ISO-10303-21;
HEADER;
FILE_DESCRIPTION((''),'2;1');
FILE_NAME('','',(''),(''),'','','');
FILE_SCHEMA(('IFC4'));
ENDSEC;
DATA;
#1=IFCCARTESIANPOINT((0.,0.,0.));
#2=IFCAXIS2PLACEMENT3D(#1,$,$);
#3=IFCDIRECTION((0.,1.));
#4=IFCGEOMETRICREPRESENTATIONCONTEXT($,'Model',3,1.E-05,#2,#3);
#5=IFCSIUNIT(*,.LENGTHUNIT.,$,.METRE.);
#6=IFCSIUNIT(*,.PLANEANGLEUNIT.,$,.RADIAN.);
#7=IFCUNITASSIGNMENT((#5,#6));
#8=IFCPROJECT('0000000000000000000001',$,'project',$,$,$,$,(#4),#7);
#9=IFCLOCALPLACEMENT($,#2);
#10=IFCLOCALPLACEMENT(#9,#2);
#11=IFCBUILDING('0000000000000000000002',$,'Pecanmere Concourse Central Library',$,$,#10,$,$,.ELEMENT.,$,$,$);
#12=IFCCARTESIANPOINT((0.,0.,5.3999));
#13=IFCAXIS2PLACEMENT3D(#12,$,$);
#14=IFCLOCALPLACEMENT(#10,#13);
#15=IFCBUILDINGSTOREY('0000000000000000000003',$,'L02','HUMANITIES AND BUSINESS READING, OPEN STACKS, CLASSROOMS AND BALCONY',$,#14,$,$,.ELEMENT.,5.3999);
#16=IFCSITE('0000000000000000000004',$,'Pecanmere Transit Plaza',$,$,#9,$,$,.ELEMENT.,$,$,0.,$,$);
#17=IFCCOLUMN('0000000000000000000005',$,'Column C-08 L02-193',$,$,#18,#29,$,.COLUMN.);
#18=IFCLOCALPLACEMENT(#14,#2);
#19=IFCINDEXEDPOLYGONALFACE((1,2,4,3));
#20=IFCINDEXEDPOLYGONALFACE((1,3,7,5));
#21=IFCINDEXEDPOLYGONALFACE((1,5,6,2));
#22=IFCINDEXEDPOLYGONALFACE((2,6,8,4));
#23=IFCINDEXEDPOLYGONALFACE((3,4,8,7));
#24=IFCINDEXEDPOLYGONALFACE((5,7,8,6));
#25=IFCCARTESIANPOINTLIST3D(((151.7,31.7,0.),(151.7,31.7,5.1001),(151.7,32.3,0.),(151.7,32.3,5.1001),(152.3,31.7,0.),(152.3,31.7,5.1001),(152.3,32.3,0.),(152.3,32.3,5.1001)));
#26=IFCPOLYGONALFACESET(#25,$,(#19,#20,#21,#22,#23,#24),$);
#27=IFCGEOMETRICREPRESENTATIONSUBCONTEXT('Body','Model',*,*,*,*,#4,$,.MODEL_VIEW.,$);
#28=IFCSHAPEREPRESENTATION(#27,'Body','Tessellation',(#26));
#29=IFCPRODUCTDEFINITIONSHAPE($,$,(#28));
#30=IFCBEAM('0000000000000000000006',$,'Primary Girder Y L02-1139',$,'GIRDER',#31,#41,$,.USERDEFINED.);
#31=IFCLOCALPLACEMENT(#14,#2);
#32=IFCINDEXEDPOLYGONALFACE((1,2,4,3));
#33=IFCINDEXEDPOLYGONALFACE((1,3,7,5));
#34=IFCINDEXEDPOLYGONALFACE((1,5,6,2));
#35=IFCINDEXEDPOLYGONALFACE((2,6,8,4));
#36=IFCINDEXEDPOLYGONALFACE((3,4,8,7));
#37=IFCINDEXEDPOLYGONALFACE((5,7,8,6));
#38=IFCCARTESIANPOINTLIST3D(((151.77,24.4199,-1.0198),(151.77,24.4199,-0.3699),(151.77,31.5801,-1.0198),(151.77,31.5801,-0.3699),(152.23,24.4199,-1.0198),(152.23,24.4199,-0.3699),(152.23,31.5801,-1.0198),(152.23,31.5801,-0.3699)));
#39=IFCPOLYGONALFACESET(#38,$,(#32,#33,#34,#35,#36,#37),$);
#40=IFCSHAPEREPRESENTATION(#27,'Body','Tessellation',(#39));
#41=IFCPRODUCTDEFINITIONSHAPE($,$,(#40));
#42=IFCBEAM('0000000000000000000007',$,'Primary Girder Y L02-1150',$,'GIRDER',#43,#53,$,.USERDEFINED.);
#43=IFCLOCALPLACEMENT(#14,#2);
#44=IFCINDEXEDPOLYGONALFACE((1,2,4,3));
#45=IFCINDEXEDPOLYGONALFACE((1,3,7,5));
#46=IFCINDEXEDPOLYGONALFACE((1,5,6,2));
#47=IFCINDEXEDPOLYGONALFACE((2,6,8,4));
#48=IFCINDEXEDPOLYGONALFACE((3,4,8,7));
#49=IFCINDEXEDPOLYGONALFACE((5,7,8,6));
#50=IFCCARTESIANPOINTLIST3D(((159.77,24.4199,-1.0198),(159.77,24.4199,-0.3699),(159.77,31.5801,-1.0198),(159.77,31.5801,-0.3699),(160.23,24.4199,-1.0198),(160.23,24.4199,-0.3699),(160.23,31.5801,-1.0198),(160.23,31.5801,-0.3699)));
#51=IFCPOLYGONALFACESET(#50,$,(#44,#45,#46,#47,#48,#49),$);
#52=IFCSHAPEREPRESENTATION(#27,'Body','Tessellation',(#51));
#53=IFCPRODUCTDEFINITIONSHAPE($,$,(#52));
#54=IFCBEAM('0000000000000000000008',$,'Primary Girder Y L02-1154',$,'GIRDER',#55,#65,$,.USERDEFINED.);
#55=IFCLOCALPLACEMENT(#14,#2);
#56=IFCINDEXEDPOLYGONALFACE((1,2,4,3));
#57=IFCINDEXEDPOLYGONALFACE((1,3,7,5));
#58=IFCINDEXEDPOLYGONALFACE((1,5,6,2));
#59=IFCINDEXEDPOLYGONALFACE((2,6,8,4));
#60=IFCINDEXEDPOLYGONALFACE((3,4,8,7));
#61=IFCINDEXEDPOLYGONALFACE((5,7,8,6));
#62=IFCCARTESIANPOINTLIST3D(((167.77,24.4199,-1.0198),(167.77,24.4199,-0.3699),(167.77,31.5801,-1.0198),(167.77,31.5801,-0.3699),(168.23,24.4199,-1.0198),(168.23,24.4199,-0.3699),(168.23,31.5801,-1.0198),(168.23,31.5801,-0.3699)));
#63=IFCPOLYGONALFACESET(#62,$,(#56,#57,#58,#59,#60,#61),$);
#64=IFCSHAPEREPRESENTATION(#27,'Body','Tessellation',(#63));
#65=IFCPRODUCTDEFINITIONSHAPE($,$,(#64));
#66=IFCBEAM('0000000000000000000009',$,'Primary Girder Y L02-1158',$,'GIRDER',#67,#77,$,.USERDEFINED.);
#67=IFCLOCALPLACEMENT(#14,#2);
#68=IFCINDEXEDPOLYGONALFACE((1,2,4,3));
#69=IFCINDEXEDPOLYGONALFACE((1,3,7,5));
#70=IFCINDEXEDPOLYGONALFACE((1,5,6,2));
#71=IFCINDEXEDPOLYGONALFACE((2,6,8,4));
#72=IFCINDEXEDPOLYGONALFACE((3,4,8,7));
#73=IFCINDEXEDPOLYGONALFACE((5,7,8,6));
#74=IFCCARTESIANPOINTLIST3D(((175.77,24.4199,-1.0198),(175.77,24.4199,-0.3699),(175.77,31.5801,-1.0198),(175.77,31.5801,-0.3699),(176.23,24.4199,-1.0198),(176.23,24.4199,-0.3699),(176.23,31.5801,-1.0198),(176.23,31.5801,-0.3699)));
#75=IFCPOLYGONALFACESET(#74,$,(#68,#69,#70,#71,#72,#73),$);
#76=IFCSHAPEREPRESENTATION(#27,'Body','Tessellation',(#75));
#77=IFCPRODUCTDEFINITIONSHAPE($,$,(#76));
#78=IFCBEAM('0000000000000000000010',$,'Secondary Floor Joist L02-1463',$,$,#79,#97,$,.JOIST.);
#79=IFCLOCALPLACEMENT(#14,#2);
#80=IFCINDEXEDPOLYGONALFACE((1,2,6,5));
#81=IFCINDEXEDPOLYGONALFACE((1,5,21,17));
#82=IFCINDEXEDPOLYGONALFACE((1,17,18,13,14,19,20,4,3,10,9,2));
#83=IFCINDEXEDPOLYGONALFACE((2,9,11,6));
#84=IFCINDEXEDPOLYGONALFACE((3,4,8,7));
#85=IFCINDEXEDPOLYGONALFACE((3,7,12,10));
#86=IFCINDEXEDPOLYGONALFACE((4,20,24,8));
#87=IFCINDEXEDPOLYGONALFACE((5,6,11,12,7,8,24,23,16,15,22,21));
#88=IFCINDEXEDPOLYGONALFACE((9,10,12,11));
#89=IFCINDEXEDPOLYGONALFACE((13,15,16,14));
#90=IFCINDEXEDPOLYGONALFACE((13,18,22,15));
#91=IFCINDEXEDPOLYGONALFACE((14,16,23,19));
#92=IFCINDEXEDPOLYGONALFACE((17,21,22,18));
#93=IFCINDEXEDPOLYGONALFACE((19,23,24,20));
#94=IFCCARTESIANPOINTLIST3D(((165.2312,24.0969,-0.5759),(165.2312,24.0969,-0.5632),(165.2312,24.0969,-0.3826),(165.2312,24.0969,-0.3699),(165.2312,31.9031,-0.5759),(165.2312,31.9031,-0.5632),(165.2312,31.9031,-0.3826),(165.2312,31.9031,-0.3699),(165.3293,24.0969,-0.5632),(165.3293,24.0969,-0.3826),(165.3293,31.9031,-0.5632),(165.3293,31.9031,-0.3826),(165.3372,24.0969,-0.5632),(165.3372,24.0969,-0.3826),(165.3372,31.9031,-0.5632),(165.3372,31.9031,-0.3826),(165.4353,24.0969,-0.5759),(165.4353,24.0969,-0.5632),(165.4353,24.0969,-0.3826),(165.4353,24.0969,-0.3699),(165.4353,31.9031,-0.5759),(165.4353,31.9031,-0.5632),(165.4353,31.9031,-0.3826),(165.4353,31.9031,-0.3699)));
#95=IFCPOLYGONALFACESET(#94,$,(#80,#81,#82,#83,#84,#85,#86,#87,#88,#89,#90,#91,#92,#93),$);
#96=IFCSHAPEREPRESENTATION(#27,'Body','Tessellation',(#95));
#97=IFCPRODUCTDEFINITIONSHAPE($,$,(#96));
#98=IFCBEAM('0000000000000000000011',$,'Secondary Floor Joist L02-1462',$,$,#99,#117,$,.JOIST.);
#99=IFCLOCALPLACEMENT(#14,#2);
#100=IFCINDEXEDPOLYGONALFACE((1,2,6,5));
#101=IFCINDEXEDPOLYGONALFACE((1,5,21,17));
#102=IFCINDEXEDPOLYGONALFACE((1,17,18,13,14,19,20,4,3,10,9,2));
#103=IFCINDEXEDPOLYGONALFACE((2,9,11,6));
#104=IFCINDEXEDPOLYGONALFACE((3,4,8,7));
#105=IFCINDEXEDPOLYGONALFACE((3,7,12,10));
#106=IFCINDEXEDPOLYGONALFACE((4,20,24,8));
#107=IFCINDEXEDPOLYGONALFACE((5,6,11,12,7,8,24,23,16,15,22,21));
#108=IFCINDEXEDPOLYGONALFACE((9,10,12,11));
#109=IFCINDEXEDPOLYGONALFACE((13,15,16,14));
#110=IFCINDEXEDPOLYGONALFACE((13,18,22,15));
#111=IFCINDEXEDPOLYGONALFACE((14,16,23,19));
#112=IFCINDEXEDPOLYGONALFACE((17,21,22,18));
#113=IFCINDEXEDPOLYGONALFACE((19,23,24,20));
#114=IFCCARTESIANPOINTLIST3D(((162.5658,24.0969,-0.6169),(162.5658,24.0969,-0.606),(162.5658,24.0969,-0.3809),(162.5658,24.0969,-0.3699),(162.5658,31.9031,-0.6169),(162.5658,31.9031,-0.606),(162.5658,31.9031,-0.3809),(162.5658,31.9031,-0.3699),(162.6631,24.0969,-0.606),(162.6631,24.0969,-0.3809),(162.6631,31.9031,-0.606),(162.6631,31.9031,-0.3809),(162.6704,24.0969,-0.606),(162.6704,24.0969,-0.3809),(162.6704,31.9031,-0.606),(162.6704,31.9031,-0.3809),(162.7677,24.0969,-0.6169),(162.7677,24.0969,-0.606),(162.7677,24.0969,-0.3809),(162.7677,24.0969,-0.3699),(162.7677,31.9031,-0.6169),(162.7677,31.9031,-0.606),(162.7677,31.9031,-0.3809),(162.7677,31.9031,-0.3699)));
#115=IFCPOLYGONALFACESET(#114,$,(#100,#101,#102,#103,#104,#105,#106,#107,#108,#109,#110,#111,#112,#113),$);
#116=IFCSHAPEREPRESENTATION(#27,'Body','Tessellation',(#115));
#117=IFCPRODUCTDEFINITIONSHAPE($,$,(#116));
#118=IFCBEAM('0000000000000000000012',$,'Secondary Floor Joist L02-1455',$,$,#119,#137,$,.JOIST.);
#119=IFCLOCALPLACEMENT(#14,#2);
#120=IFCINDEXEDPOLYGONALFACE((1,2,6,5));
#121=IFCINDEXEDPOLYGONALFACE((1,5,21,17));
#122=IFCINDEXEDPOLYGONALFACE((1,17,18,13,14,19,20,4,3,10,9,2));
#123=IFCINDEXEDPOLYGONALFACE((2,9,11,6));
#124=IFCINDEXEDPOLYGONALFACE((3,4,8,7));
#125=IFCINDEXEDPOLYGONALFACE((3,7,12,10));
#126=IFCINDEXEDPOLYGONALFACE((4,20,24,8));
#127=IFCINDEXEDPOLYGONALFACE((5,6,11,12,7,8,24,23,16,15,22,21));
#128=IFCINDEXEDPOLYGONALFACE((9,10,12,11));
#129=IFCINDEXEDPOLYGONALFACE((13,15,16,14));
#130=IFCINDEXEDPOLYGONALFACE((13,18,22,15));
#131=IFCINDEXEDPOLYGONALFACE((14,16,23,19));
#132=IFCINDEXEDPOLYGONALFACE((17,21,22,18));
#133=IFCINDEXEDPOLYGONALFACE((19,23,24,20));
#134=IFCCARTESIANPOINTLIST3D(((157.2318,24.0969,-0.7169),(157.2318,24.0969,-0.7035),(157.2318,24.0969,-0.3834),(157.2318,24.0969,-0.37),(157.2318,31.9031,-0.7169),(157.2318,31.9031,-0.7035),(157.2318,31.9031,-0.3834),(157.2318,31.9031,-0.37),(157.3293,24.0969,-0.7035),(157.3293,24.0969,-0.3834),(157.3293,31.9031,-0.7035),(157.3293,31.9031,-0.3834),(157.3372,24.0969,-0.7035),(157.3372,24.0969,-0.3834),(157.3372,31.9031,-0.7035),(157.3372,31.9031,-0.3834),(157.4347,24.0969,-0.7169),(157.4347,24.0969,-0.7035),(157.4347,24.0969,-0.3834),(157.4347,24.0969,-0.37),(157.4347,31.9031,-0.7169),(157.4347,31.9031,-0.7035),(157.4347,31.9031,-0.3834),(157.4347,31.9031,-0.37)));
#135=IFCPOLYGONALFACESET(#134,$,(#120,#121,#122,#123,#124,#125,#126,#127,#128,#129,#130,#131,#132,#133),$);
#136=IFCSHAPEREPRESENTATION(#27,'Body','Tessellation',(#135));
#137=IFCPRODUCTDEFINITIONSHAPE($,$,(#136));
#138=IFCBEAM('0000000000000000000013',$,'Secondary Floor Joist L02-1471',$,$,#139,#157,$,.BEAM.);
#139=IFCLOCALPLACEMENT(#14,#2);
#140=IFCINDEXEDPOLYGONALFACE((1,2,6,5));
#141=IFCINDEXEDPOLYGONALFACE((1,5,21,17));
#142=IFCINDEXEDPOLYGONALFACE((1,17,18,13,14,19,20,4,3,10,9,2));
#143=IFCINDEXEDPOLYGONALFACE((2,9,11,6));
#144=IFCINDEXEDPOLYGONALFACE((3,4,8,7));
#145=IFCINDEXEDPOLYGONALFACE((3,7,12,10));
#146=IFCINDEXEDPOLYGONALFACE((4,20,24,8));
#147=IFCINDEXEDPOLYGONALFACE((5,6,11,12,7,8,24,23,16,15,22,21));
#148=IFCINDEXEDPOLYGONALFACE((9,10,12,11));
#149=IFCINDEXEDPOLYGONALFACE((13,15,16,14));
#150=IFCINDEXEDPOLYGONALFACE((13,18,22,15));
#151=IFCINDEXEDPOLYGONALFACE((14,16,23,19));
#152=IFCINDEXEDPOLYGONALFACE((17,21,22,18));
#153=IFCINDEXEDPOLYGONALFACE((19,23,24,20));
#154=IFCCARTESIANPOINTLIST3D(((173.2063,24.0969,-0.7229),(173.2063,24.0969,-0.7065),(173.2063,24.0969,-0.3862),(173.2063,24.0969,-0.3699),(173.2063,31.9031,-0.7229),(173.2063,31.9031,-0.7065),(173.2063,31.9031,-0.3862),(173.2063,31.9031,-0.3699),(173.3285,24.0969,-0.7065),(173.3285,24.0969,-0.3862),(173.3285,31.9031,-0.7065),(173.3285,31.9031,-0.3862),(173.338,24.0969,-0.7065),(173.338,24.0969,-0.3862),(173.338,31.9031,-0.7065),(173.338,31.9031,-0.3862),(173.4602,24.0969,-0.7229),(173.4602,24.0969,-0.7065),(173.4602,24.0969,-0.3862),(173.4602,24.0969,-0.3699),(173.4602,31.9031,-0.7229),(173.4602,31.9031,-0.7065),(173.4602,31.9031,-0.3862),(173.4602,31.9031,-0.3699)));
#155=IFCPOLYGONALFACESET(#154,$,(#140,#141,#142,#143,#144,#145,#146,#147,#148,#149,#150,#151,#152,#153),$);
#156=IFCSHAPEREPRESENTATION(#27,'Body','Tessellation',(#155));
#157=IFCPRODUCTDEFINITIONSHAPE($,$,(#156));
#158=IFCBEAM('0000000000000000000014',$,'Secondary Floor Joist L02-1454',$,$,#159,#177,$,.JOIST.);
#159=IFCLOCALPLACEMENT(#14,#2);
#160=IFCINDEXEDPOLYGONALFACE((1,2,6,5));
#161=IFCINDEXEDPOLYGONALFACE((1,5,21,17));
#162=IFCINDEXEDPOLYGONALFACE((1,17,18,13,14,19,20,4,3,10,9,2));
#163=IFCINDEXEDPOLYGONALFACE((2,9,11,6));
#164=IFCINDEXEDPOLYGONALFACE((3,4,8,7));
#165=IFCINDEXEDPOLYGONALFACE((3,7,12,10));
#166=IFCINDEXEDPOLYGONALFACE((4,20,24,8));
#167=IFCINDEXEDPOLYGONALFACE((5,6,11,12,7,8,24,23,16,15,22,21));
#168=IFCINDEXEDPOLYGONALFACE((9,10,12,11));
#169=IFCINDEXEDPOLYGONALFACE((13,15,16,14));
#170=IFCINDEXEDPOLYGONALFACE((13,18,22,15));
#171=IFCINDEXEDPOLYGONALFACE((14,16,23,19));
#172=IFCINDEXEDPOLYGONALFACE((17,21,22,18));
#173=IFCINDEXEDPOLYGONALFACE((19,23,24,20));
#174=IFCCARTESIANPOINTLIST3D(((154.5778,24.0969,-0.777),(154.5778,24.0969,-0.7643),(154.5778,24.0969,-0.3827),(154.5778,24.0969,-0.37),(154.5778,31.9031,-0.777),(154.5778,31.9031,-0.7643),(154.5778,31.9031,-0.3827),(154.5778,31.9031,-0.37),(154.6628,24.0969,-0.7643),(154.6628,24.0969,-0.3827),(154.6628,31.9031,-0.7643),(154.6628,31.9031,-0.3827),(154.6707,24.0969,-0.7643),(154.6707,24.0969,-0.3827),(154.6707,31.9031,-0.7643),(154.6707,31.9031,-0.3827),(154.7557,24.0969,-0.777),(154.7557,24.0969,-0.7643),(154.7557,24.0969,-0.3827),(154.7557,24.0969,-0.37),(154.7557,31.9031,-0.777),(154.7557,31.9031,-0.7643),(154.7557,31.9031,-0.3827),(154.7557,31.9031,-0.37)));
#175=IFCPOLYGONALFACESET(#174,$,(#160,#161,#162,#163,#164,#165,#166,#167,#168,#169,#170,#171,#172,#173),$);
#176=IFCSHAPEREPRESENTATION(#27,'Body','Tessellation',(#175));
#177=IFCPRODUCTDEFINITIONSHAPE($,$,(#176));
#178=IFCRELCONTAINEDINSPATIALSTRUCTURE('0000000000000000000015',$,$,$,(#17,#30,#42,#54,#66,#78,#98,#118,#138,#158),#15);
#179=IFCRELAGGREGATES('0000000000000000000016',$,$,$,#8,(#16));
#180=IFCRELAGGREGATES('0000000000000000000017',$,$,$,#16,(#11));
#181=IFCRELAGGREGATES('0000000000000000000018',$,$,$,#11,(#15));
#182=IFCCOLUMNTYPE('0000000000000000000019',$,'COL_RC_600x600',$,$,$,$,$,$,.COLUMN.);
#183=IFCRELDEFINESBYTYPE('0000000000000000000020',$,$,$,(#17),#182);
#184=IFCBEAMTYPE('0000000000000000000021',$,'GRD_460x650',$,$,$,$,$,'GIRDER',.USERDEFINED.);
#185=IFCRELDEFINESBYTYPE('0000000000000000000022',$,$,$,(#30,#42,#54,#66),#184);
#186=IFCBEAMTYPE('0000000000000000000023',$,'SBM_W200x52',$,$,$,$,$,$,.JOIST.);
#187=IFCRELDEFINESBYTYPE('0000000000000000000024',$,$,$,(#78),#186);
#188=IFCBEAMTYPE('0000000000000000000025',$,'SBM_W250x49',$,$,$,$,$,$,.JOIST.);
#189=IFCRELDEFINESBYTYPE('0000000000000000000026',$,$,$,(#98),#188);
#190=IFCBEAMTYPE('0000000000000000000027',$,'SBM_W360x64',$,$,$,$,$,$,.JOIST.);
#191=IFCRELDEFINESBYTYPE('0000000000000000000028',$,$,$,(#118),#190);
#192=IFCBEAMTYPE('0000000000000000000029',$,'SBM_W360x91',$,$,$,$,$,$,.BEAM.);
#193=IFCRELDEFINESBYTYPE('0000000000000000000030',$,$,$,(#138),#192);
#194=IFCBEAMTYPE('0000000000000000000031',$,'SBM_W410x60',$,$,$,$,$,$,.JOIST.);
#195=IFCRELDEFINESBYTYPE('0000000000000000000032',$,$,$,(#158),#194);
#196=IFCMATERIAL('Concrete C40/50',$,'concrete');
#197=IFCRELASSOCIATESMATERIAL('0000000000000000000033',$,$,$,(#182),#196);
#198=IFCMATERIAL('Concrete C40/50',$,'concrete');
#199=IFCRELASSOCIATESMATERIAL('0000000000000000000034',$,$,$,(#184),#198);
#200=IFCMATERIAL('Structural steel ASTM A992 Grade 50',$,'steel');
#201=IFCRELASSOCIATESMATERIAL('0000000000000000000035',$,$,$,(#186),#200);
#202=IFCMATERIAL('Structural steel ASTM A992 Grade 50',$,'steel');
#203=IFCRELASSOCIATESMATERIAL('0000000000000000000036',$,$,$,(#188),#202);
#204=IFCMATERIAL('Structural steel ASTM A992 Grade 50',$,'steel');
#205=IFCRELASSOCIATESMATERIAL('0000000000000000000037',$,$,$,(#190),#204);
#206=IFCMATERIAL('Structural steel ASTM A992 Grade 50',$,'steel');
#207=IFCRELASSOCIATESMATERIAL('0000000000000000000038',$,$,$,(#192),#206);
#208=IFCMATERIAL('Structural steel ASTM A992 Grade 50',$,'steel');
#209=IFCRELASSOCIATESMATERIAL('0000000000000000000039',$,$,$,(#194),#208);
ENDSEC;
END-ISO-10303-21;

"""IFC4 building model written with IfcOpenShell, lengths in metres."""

from ifc_helpers import new_model, si_unit, direction, frame, origin, origin_2d, place, context, subcontext, project, spatial, rectangle, i_section, extrude, material, material_profile, profile_set, type_object, element, save


model = new_model("IFC4")

# Units and contexts
model_context = context("Model", 3, precision=1e-05, world=origin(), true_north=direction((0.0, 1.0)))
body_context = subcontext(model_context, "Body", "Model", "MODEL_VIEW")
ifc_project = project(units=[si_unit("LENGTHUNIT", "METRE"), si_unit("PLANEANGLEUNIT", "RADIAN")], contexts=[model_context])

# Site, building, storey
site_placement = place(None, origin())
site = spatial("IfcSite", under=ifc_project, at=site_placement, Name="Pecanmere Transit Plaza", CompositionType="ELEMENT", RefElevation=0.0)
building_placement = place(site_placement, origin())
building = spatial("IfcBuilding", under=site, at=building_placement, Name="Pecanmere Concourse Central Library", CompositionType="ELEMENT")
storey_placement = place(building_placement, frame((0.0, 0.0, 5.3999)))
storey = spatial("IfcBuildingStorey", under=building, at=storey_placement, Name="L02", Description="HUMANITIES AND BUSINESS READING, OPEN STACKS, CLASSROOMS AND BALCONY", CompositionType="ELEMENT", Elevation=5.3999)

# Column
ifc_material_1 = material(Name="Concrete C40/50", Category="concrete")
ifc_material_profile_1 = material_profile(ifc_material_1, rectangle(XDim=0.6001, YDim=0.6001, at=origin_2d()), Name="RC 600x600")
ifc_profile_set_1 = profile_set([ifc_material_profile_1], Name="Concrete C40/50")
column_type = type_object("IfcColumnType", Name="COL_RC_600x600", PredefinedType="COLUMN", material=ifc_profile_set_1)
column_placement = place(storey_placement, frame((152.0, 32.0, 0.0), z_axis=(0.0, 0.0, 1.0), x_axis=(1.0, 0.0, 0.0)))
element("IfcColumn", 1, at=column_placement, inside=storey, type_object=column_type, Name="Column C-08 L02-193", PredefinedType="COLUMN", context=body_context, shape_type="SweptSolid", body=[
    extrude(rectangle(XDim=0.6001, YDim=0.6001, at=origin_2d()), origin(), (0.0, 0.0, 1.0), 5.1001),
])

# Beams
ifc_material_2 = material(Name="Concrete C40/50", Category="concrete")
ifc_material_profile_2 = material_profile(ifc_material_2, rectangle(XDim=0.46, YDim=0.6499, at=origin_2d()), Name="RC 460x650")
ifc_profile_set_2 = profile_set([ifc_material_profile_2], Name="Concrete C40/50")
beam_type_1 = type_object("IfcBeamType", Name="GRD_460x650", ElementType="GIRDER", PredefinedType="USERDEFINED", material=ifc_profile_set_2)
for number, where, z_axis, x_axis, name in (
    (2, (152.0, 24.4199, -0.6948), (0.0, 1.0, 0.0), (-1.0, 0.0, 0.0), "Primary Girder Y L02-1139"),
    (3, (160.0, 24.4199, -0.6948), (0.0, 1.0, 0.0), (-1.0, 0.0, 0.0), "Primary Girder Y L02-1150"),
    (4, (168.0, 24.4199, -0.6948), (0.0, 1.0, 0.0), (-1.0, 0.0, 0.0), "Primary Girder Y L02-1154"),
    (5, (176.0, 24.4199, -0.6948), (0.0, 1.0, 0.0), (-1.0, 0.0, 0.0), "Primary Girder Y L02-1158"),
):
    element("IfcBeam", number, at=place(storey_placement, frame(where, z_axis=z_axis, x_axis=x_axis)), inside=storey, type_object=beam_type_1, Name=name, ObjectType="GIRDER", PredefinedType="USERDEFINED", context=body_context, shape_type="SweptSolid", body=[
        extrude(rectangle(XDim=0.46, YDim=0.6499, at=origin_2d()), origin(), (0.0, 0.0, 1.0), 7.1602),
    ])
ifc_material_3 = material(Name="Structural steel ASTM A992 Grade 50", Category="steel")
ifc_material_profile_3 = material_profile(ifc_material_3, i_section(OverallWidth=0.2041, OverallDepth=0.2061, WebThickness=0.0078, FlangeThickness=0.0127, at=origin_2d()), Name="W200x52")
ifc_profile_set_3 = profile_set([ifc_material_profile_3], Name="Structural steel ASTM A992 Grade 50")
beam_type_2 = type_object("IfcBeamType", Name="SBM_W200x52", PredefinedType="JOIST", material=ifc_profile_set_3)
beam_1_placement = place(storey_placement, frame((165.3333, 24.0969, -0.4729), z_axis=(0.0, 1.0, 0.0), x_axis=(-1.0, 0.0, 0.0)))
element("IfcBeam", 6, at=beam_1_placement, inside=storey, type_object=beam_type_2, Name="Secondary Floor Joist L02-1463", PredefinedType="JOIST", context=body_context, shape_type="SweptSolid", body=[
    extrude(i_section(OverallWidth=0.2041, OverallDepth=0.2061, WebThickness=0.0078, FlangeThickness=0.0127, at=origin_2d()), origin(), (0.0, 0.0, 1.0), 7.8062),
])
ifc_material_4 = material(Name="Structural steel ASTM A992 Grade 50", Category="steel")
ifc_material_profile_4 = material_profile(ifc_material_4, i_section(OverallWidth=0.2019, OverallDepth=0.2471, WebThickness=0.0073, FlangeThickness=0.011, at=origin_2d()), Name="W250x49.1")
ifc_profile_set_4 = profile_set([ifc_material_profile_4], Name="Structural steel ASTM A992 Grade 50")
beam_type_3 = type_object("IfcBeamType", Name="SBM_W250x49", PredefinedType="JOIST", material=ifc_profile_set_4)
beam_2_placement = place(storey_placement, frame((162.6667, 24.0969, -0.4934), z_axis=(0.0, 1.0, 0.0), x_axis=(-1.0, 0.0, 0.0)))
element("IfcBeam", 7, at=beam_2_placement, inside=storey, type_object=beam_type_3, Name="Secondary Floor Joist L02-1462", PredefinedType="JOIST", context=body_context, shape_type="SweptSolid", body=[
    extrude(i_section(OverallWidth=0.2019, OverallDepth=0.2471, WebThickness=0.0073, FlangeThickness=0.011, at=origin_2d()), origin(), (0.0, 0.0, 1.0), 7.8062),
])
ifc_material_5 = material(Name="Structural steel ASTM A992 Grade 50", Category="steel")
ifc_material_profile_5 = material_profile(ifc_material_5, i_section(OverallWidth=0.2029, OverallDepth=0.3469, WebThickness=0.0078, FlangeThickness=0.0134, at=origin_2d()), Name="W360x64")
ifc_profile_set_5 = profile_set([ifc_material_profile_5], Name="Structural steel ASTM A992 Grade 50")
beam_type_4 = type_object("IfcBeamType", Name="SBM_W360x64", PredefinedType="JOIST", material=ifc_profile_set_5)
beam_3_placement = place(storey_placement, frame((157.3333, 24.0969, -0.5435), z_axis=(0.0, 1.0, 0.0), x_axis=(-1.0, 0.0, 0.0)))
element("IfcBeam", 8, at=beam_3_placement, inside=storey, type_object=beam_type_4, Name="Secondary Floor Joist L02-1455", PredefinedType="JOIST", context=body_context, shape_type="SweptSolid", body=[
    extrude(i_section(OverallWidth=0.2029, OverallDepth=0.3469, WebThickness=0.0078, FlangeThickness=0.0134, at=origin_2d()), origin(), (0.0, 0.0, 1.0), 7.8062),
])
ifc_material_6 = material(Name="Structural steel ASTM A992 Grade 50", Category="steel")
ifc_material_profile_6 = material_profile(ifc_material_6, i_section(OverallWidth=0.2539, OverallDepth=0.353, WebThickness=0.0095, FlangeThickness=0.0164, at=origin_2d()), Name="W360x91")
ifc_profile_set_6 = profile_set([ifc_material_profile_6], Name="Structural steel ASTM A992 Grade 50")
beam_type_5 = type_object("IfcBeamType", Name="SBM_W360x91", PredefinedType="BEAM", material=ifc_profile_set_6)
beam_4_placement = place(storey_placement, frame((173.3333, 24.0969, -0.5464), z_axis=(0.0, 1.0, 0.0), x_axis=(-1.0, 0.0, 0.0)))
element("IfcBeam", 9, at=beam_4_placement, inside=storey, type_object=beam_type_5, Name="Secondary Floor Joist L02-1471", PredefinedType="BEAM", context=body_context, shape_type="SweptSolid", body=[
    extrude(i_section(OverallWidth=0.2539, OverallDepth=0.353, WebThickness=0.0095, FlangeThickness=0.0164, at=origin_2d()), origin(), (0.0, 0.0, 1.0), 7.8062),
])
ifc_material_7 = material(Name="Structural steel ASTM A992 Grade 50", Category="steel")
ifc_material_profile_7 = material_profile(ifc_material_7, i_section(OverallWidth=0.178, OverallDepth=0.407, WebThickness=0.0078, FlangeThickness=0.0127, at=origin_2d()), Name="W410x60")
ifc_profile_set_7 = profile_set([ifc_material_profile_7], Name="Structural steel ASTM A992 Grade 50")
beam_type_6 = type_object("IfcBeamType", Name="SBM_W410x60", PredefinedType="JOIST", material=ifc_profile_set_7)
beam_5_placement = place(storey_placement, frame((154.6667, 24.0969, -0.5735), z_axis=(0.0, 1.0, 0.0), x_axis=(-1.0, 0.0, 0.0)))
element("IfcBeam", 10, at=beam_5_placement, inside=storey, type_object=beam_type_6, Name="Secondary Floor Joist L02-1454", PredefinedType="JOIST", context=body_context, shape_type="SweptSolid", body=[
    extrude(i_section(OverallWidth=0.178, OverallDepth=0.407, WebThickness=0.0078, FlangeThickness=0.0127, at=origin_2d()), origin(), (0.0, 0.0, 1.0), 7.8062),
])

save(model, "model.ifc")
